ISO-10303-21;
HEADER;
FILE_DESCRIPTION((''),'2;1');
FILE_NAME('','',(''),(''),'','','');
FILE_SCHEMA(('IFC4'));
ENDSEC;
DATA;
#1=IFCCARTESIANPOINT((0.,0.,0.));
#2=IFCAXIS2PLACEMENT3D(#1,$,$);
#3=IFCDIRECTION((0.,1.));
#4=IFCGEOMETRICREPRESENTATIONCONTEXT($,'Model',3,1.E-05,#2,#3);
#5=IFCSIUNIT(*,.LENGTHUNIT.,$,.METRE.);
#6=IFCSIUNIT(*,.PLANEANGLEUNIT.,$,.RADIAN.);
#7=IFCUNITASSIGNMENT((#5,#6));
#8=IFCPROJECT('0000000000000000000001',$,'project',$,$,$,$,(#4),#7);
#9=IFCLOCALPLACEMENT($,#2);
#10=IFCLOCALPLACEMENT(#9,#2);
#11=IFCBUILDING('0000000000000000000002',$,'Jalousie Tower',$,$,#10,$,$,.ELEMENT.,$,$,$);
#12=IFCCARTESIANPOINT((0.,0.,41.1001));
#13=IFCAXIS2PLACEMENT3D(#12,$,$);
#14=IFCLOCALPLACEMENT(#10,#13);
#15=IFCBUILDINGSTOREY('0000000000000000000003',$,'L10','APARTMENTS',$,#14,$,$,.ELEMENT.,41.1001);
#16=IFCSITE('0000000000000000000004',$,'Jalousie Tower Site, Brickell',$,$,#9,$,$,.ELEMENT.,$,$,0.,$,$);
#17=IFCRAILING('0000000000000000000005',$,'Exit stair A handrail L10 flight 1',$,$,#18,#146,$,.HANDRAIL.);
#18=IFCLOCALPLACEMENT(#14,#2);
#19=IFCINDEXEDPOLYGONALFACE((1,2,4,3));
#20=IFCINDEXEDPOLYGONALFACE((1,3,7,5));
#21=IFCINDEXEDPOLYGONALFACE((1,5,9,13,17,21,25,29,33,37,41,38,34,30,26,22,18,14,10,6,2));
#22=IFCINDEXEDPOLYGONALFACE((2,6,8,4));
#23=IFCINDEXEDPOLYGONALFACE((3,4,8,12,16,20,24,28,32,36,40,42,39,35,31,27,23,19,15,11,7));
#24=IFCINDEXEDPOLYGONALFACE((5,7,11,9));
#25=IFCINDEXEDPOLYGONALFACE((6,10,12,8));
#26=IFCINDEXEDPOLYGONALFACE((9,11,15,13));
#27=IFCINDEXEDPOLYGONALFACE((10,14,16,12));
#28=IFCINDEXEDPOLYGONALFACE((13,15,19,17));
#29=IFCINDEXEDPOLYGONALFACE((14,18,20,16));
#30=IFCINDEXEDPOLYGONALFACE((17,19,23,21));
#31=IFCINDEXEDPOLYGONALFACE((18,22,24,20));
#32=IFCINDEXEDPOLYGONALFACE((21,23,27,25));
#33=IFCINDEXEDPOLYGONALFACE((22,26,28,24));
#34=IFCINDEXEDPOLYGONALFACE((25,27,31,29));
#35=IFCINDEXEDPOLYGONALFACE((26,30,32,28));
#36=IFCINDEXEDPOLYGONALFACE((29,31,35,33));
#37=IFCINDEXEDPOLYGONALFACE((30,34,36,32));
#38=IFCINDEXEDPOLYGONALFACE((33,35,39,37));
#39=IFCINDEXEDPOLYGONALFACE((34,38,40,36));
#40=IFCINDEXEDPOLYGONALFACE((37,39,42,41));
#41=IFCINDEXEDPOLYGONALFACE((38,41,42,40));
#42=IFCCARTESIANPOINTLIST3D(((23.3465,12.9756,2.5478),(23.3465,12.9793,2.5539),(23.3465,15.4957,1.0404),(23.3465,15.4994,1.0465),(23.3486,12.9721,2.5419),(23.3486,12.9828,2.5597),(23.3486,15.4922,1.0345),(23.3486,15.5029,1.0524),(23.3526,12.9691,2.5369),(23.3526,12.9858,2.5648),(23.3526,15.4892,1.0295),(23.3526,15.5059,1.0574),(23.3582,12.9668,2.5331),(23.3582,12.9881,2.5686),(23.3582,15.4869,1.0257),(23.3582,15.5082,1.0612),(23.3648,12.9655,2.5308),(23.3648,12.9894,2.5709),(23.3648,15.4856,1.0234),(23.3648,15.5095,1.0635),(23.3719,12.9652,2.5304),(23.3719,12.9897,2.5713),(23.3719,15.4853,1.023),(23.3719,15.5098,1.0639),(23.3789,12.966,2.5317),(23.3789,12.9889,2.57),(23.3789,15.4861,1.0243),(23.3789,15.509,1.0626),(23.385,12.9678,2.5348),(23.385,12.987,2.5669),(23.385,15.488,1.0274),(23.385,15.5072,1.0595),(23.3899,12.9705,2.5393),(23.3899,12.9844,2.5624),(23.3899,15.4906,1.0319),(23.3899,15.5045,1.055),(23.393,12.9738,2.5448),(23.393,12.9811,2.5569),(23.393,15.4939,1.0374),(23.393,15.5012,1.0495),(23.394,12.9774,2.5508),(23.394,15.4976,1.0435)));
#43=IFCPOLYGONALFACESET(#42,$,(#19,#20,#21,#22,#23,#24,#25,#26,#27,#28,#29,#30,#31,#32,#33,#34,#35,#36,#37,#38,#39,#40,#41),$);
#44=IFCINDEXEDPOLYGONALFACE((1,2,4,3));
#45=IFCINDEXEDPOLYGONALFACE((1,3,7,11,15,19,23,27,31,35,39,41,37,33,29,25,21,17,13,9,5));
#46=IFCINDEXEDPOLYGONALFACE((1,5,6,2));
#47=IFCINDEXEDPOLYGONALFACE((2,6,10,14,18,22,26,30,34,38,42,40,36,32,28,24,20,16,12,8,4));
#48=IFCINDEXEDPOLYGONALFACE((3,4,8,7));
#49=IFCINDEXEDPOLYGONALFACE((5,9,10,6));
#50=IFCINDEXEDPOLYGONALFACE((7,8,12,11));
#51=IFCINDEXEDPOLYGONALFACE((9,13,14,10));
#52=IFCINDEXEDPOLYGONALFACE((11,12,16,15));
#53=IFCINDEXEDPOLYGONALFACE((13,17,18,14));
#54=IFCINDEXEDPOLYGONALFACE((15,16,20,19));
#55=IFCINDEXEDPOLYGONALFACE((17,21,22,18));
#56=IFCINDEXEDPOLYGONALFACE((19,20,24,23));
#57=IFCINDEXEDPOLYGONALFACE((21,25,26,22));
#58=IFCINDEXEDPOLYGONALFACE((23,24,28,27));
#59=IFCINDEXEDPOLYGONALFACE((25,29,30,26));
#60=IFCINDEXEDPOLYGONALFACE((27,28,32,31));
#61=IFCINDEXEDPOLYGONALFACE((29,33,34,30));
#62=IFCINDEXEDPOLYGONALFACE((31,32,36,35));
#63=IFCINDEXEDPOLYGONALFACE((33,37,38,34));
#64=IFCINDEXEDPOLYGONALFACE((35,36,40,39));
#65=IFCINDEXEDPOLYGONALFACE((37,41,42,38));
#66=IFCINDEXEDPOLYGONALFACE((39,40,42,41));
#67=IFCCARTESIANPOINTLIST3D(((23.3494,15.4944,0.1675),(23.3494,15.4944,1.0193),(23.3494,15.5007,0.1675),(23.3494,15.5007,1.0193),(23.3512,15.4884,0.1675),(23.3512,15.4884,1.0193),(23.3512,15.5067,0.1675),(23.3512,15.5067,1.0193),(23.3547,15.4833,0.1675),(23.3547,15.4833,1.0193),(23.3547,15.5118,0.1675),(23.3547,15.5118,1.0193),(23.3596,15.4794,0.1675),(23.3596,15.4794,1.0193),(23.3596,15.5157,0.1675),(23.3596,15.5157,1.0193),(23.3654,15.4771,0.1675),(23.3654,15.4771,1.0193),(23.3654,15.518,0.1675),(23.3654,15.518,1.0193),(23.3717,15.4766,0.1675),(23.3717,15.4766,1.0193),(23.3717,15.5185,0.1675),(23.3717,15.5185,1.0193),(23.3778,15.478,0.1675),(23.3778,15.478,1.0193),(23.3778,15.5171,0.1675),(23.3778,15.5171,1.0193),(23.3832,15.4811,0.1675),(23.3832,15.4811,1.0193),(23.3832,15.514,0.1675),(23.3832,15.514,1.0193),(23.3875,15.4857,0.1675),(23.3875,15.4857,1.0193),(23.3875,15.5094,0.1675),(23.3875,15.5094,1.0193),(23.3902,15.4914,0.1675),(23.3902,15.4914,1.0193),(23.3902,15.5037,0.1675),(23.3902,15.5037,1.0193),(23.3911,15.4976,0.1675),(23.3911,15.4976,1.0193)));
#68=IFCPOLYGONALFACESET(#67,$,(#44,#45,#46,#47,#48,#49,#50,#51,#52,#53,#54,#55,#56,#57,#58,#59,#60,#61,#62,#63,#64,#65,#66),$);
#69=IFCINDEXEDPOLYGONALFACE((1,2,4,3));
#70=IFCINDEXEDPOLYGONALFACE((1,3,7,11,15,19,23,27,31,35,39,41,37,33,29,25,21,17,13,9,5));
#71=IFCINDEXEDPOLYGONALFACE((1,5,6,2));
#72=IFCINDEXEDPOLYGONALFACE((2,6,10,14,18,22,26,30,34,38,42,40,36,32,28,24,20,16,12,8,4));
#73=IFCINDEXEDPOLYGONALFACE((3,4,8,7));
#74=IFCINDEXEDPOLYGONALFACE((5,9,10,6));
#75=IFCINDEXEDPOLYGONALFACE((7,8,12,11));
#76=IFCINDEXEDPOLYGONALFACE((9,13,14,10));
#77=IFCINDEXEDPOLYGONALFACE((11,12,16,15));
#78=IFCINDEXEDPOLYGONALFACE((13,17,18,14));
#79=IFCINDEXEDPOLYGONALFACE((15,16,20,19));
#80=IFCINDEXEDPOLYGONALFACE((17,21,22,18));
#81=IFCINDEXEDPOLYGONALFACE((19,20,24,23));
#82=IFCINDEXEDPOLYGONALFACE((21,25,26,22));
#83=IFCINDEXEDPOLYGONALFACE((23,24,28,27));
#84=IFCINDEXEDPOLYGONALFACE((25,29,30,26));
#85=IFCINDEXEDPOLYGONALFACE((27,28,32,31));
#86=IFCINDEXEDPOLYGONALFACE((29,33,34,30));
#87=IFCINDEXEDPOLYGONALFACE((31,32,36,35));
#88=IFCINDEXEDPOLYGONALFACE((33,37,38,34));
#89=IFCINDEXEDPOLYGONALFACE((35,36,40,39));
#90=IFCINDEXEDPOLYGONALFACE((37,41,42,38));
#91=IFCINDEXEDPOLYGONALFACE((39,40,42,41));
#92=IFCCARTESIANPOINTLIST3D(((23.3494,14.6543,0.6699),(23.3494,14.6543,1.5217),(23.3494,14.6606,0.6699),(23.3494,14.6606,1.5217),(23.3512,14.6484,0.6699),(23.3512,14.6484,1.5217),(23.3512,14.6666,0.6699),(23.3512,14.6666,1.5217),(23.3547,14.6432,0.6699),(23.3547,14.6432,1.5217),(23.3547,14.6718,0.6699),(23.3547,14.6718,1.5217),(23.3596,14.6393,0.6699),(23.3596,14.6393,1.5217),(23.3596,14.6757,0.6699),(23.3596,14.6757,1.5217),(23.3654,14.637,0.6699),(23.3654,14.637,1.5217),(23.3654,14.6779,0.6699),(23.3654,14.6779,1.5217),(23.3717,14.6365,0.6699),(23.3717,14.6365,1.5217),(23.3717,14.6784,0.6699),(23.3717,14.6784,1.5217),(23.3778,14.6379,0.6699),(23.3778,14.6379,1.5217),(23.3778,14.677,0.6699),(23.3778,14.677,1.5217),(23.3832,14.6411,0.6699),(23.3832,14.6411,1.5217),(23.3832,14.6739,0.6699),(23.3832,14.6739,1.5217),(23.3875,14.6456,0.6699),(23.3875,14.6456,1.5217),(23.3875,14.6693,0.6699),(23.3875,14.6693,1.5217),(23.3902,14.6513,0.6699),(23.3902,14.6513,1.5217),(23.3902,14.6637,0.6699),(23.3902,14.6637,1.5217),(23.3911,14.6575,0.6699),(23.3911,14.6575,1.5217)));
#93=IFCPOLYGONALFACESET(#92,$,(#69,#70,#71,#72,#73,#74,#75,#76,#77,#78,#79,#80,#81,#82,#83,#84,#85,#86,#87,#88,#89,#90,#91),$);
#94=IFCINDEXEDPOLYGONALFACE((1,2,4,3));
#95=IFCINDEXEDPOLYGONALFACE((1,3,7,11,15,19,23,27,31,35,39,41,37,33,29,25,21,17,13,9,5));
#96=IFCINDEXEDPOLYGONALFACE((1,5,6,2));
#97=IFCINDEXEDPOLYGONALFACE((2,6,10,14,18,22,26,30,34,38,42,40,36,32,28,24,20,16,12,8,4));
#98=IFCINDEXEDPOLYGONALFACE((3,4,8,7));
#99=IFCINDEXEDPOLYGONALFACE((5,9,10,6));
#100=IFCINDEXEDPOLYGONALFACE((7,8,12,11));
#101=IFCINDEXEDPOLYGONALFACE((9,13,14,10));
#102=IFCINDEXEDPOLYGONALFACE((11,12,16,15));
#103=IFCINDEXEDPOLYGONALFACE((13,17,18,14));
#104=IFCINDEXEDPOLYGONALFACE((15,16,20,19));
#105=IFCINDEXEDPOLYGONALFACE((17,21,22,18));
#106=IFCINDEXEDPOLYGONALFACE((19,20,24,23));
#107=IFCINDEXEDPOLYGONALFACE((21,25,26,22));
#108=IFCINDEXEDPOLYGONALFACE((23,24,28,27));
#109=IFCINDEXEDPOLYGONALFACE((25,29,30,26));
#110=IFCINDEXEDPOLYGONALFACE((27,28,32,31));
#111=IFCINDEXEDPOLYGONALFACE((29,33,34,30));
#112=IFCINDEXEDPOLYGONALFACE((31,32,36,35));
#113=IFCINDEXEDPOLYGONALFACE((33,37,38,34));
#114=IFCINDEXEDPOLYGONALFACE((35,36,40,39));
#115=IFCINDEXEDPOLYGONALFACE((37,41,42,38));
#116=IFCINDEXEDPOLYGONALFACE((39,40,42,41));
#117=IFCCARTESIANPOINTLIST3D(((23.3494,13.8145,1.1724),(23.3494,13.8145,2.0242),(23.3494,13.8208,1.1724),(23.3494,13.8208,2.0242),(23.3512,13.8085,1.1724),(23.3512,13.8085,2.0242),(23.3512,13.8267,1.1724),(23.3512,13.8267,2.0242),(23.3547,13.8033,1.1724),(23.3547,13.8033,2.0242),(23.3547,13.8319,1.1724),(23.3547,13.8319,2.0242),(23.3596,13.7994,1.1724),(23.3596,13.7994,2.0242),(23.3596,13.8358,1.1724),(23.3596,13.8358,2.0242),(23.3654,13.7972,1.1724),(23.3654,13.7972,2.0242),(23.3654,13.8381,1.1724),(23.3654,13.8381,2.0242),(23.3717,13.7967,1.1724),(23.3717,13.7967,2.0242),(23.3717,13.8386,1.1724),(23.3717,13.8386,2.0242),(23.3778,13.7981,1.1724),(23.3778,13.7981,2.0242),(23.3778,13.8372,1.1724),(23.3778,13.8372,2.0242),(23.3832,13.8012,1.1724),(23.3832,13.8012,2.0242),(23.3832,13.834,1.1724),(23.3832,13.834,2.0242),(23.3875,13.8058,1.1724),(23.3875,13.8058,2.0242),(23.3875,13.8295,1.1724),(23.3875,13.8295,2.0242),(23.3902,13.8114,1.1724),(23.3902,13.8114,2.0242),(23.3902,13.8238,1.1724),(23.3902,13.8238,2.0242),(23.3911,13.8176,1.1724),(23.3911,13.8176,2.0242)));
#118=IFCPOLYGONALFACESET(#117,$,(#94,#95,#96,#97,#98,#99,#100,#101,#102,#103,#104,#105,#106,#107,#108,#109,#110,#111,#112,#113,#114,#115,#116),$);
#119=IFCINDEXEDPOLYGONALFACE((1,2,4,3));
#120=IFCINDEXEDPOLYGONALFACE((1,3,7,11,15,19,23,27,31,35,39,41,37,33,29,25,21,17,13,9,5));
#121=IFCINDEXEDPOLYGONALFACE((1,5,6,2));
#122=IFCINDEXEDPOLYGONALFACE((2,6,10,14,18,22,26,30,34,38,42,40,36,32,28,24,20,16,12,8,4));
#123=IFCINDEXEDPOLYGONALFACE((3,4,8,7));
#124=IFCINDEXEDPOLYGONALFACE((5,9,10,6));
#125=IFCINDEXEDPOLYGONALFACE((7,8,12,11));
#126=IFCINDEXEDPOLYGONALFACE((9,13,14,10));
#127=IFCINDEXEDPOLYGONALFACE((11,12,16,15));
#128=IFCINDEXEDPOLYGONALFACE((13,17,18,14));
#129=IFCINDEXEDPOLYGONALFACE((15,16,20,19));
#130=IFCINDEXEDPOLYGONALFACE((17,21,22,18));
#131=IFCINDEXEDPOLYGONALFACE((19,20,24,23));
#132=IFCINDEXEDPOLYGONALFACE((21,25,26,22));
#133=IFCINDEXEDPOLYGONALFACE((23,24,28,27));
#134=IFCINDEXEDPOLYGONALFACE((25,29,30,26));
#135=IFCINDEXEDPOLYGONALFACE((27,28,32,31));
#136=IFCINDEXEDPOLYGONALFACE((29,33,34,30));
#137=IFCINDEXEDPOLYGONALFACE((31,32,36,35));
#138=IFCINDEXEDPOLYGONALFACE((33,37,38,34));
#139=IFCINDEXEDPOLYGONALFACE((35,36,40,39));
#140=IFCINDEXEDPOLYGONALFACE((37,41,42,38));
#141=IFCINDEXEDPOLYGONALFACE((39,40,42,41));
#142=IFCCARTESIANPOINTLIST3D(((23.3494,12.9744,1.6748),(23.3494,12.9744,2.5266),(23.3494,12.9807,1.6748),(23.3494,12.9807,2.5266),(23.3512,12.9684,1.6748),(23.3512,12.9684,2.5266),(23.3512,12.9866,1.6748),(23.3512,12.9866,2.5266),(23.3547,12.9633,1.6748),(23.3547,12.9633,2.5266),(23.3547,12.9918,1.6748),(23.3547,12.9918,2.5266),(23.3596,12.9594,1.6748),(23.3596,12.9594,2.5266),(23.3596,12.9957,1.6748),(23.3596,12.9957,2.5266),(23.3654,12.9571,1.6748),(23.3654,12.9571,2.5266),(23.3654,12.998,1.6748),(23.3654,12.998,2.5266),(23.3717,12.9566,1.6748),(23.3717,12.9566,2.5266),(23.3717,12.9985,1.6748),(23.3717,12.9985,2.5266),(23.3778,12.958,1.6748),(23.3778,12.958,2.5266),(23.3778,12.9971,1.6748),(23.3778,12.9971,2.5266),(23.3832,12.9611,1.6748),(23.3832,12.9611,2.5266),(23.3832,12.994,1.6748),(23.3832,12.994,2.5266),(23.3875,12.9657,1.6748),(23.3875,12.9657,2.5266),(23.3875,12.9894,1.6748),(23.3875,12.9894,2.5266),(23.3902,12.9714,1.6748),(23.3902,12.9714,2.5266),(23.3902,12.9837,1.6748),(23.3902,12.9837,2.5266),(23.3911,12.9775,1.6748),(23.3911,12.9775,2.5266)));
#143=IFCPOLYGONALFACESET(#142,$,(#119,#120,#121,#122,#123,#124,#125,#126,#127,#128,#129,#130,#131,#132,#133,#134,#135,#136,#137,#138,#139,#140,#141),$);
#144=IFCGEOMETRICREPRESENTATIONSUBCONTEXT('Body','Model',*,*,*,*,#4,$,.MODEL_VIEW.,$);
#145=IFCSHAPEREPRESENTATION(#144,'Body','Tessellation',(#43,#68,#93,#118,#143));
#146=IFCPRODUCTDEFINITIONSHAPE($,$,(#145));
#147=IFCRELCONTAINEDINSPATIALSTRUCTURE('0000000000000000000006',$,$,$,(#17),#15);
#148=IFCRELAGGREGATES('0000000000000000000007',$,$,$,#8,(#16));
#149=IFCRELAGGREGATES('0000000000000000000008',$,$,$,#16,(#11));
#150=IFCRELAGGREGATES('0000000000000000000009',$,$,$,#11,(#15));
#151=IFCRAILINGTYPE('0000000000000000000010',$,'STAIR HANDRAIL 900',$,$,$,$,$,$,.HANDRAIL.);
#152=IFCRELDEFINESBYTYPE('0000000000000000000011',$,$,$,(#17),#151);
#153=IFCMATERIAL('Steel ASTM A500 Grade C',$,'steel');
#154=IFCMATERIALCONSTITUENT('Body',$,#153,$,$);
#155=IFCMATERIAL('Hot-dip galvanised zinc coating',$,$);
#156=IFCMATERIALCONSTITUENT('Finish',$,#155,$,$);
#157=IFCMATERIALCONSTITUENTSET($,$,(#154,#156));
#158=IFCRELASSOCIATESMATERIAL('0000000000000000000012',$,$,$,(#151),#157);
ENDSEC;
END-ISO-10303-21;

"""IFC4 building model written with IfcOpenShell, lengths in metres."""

from ifc_helpers import new_model, si_unit, direction, frame, origin, origin_2d, place, context, subcontext, project, spatial, circle, extrude, material, constituent, constituent_set, type_object, element, save


model = new_model("IFC4")

# Units and contexts
model_context = context("Model", 3, precision=1e-05, world=origin(), true_north=direction((0.0, 1.0)))
body_context = subcontext(model_context, "Body", "Model", "MODEL_VIEW")
ifc_project = project(units=[si_unit("LENGTHUNIT", "METRE"), si_unit("PLANEANGLEUNIT", "RADIAN")], contexts=[model_context])

# Site, building, storey
site_placement = place(None, origin())
site = spatial("IfcSite", under=ifc_project, at=site_placement, Name="Jalousie Tower Site, Brickell", CompositionType="ELEMENT", RefElevation=0.0)
building_placement = place(site_placement, origin())
building = spatial("IfcBuilding", under=site, at=building_placement, Name="Jalousie Tower", CompositionType="ELEMENT")
storey_placement = place(building_placement, frame((0.0, 0.0, 41.1001)))
storey = spatial("IfcBuildingStorey", under=building, at=storey_placement, Name="L10", Description="APARTMENTS", CompositionType="ELEMENT", Elevation=41.1001)

# Railing
ifc_material_1 = material(Name="Steel ASTM A500 Grade C", Category="steel")
ifc_constituent_1 = constituent(ifc_material_1, Name="Body")
ifc_material_2 = material(Name="Hot-dip galvanised zinc coating")
ifc_constituent_2 = constituent(ifc_material_2, Name="Finish")
ifc_constituent_set_1 = constituent_set(constituents=[ifc_constituent_1, ifc_constituent_2])
railing_type_1 = type_object("IfcRailingType", Name="STAIR HANDRAIL 900", PredefinedType="HANDRAIL", material=ifc_constituent_set_1)
railing_1_placement = place(storey_placement, frame((23.3701, 15.4976, 0.1675)))
element("IfcRailing", 1, at=railing_1_placement, inside=storey, type_object=railing_type_1, Name="Exit stair A handrail L10 flight 1", PredefinedType="HANDRAIL", context=body_context, shape_type="SweptSolid", body=[
    extrude(circle(Radius=0.0239, at=origin_2d()), frame((0.0, 0.0, 0.876), z_axis=(0.0, -0.858196, 0.513321), x_axis=(1.0, 0.0, 0.0)), (0.0, 0.0, 1.0), 2.9365),
    extrude(circle(Radius=0.021, at=origin_2d()), origin(), (0.0, 0.0, 1.0), 0.8518),
    extrude(circle(Radius=0.021, at=origin_2d()), frame((0.0, -0.8401, 0.5024)), (0.0, 0.0, 1.0), 0.8518),
    extrude(circle(Radius=0.021, at=origin_2d()), frame((0.0, -1.6799, 1.0049)), (0.0, 0.0, 1.0), 0.8518),
    extrude(circle(Radius=0.021, at=origin_2d()), frame((0.0, -2.52, 1.5073)), (0.0, 0.0, 1.0), 0.8518),
])

save(model, "model.ifc")
